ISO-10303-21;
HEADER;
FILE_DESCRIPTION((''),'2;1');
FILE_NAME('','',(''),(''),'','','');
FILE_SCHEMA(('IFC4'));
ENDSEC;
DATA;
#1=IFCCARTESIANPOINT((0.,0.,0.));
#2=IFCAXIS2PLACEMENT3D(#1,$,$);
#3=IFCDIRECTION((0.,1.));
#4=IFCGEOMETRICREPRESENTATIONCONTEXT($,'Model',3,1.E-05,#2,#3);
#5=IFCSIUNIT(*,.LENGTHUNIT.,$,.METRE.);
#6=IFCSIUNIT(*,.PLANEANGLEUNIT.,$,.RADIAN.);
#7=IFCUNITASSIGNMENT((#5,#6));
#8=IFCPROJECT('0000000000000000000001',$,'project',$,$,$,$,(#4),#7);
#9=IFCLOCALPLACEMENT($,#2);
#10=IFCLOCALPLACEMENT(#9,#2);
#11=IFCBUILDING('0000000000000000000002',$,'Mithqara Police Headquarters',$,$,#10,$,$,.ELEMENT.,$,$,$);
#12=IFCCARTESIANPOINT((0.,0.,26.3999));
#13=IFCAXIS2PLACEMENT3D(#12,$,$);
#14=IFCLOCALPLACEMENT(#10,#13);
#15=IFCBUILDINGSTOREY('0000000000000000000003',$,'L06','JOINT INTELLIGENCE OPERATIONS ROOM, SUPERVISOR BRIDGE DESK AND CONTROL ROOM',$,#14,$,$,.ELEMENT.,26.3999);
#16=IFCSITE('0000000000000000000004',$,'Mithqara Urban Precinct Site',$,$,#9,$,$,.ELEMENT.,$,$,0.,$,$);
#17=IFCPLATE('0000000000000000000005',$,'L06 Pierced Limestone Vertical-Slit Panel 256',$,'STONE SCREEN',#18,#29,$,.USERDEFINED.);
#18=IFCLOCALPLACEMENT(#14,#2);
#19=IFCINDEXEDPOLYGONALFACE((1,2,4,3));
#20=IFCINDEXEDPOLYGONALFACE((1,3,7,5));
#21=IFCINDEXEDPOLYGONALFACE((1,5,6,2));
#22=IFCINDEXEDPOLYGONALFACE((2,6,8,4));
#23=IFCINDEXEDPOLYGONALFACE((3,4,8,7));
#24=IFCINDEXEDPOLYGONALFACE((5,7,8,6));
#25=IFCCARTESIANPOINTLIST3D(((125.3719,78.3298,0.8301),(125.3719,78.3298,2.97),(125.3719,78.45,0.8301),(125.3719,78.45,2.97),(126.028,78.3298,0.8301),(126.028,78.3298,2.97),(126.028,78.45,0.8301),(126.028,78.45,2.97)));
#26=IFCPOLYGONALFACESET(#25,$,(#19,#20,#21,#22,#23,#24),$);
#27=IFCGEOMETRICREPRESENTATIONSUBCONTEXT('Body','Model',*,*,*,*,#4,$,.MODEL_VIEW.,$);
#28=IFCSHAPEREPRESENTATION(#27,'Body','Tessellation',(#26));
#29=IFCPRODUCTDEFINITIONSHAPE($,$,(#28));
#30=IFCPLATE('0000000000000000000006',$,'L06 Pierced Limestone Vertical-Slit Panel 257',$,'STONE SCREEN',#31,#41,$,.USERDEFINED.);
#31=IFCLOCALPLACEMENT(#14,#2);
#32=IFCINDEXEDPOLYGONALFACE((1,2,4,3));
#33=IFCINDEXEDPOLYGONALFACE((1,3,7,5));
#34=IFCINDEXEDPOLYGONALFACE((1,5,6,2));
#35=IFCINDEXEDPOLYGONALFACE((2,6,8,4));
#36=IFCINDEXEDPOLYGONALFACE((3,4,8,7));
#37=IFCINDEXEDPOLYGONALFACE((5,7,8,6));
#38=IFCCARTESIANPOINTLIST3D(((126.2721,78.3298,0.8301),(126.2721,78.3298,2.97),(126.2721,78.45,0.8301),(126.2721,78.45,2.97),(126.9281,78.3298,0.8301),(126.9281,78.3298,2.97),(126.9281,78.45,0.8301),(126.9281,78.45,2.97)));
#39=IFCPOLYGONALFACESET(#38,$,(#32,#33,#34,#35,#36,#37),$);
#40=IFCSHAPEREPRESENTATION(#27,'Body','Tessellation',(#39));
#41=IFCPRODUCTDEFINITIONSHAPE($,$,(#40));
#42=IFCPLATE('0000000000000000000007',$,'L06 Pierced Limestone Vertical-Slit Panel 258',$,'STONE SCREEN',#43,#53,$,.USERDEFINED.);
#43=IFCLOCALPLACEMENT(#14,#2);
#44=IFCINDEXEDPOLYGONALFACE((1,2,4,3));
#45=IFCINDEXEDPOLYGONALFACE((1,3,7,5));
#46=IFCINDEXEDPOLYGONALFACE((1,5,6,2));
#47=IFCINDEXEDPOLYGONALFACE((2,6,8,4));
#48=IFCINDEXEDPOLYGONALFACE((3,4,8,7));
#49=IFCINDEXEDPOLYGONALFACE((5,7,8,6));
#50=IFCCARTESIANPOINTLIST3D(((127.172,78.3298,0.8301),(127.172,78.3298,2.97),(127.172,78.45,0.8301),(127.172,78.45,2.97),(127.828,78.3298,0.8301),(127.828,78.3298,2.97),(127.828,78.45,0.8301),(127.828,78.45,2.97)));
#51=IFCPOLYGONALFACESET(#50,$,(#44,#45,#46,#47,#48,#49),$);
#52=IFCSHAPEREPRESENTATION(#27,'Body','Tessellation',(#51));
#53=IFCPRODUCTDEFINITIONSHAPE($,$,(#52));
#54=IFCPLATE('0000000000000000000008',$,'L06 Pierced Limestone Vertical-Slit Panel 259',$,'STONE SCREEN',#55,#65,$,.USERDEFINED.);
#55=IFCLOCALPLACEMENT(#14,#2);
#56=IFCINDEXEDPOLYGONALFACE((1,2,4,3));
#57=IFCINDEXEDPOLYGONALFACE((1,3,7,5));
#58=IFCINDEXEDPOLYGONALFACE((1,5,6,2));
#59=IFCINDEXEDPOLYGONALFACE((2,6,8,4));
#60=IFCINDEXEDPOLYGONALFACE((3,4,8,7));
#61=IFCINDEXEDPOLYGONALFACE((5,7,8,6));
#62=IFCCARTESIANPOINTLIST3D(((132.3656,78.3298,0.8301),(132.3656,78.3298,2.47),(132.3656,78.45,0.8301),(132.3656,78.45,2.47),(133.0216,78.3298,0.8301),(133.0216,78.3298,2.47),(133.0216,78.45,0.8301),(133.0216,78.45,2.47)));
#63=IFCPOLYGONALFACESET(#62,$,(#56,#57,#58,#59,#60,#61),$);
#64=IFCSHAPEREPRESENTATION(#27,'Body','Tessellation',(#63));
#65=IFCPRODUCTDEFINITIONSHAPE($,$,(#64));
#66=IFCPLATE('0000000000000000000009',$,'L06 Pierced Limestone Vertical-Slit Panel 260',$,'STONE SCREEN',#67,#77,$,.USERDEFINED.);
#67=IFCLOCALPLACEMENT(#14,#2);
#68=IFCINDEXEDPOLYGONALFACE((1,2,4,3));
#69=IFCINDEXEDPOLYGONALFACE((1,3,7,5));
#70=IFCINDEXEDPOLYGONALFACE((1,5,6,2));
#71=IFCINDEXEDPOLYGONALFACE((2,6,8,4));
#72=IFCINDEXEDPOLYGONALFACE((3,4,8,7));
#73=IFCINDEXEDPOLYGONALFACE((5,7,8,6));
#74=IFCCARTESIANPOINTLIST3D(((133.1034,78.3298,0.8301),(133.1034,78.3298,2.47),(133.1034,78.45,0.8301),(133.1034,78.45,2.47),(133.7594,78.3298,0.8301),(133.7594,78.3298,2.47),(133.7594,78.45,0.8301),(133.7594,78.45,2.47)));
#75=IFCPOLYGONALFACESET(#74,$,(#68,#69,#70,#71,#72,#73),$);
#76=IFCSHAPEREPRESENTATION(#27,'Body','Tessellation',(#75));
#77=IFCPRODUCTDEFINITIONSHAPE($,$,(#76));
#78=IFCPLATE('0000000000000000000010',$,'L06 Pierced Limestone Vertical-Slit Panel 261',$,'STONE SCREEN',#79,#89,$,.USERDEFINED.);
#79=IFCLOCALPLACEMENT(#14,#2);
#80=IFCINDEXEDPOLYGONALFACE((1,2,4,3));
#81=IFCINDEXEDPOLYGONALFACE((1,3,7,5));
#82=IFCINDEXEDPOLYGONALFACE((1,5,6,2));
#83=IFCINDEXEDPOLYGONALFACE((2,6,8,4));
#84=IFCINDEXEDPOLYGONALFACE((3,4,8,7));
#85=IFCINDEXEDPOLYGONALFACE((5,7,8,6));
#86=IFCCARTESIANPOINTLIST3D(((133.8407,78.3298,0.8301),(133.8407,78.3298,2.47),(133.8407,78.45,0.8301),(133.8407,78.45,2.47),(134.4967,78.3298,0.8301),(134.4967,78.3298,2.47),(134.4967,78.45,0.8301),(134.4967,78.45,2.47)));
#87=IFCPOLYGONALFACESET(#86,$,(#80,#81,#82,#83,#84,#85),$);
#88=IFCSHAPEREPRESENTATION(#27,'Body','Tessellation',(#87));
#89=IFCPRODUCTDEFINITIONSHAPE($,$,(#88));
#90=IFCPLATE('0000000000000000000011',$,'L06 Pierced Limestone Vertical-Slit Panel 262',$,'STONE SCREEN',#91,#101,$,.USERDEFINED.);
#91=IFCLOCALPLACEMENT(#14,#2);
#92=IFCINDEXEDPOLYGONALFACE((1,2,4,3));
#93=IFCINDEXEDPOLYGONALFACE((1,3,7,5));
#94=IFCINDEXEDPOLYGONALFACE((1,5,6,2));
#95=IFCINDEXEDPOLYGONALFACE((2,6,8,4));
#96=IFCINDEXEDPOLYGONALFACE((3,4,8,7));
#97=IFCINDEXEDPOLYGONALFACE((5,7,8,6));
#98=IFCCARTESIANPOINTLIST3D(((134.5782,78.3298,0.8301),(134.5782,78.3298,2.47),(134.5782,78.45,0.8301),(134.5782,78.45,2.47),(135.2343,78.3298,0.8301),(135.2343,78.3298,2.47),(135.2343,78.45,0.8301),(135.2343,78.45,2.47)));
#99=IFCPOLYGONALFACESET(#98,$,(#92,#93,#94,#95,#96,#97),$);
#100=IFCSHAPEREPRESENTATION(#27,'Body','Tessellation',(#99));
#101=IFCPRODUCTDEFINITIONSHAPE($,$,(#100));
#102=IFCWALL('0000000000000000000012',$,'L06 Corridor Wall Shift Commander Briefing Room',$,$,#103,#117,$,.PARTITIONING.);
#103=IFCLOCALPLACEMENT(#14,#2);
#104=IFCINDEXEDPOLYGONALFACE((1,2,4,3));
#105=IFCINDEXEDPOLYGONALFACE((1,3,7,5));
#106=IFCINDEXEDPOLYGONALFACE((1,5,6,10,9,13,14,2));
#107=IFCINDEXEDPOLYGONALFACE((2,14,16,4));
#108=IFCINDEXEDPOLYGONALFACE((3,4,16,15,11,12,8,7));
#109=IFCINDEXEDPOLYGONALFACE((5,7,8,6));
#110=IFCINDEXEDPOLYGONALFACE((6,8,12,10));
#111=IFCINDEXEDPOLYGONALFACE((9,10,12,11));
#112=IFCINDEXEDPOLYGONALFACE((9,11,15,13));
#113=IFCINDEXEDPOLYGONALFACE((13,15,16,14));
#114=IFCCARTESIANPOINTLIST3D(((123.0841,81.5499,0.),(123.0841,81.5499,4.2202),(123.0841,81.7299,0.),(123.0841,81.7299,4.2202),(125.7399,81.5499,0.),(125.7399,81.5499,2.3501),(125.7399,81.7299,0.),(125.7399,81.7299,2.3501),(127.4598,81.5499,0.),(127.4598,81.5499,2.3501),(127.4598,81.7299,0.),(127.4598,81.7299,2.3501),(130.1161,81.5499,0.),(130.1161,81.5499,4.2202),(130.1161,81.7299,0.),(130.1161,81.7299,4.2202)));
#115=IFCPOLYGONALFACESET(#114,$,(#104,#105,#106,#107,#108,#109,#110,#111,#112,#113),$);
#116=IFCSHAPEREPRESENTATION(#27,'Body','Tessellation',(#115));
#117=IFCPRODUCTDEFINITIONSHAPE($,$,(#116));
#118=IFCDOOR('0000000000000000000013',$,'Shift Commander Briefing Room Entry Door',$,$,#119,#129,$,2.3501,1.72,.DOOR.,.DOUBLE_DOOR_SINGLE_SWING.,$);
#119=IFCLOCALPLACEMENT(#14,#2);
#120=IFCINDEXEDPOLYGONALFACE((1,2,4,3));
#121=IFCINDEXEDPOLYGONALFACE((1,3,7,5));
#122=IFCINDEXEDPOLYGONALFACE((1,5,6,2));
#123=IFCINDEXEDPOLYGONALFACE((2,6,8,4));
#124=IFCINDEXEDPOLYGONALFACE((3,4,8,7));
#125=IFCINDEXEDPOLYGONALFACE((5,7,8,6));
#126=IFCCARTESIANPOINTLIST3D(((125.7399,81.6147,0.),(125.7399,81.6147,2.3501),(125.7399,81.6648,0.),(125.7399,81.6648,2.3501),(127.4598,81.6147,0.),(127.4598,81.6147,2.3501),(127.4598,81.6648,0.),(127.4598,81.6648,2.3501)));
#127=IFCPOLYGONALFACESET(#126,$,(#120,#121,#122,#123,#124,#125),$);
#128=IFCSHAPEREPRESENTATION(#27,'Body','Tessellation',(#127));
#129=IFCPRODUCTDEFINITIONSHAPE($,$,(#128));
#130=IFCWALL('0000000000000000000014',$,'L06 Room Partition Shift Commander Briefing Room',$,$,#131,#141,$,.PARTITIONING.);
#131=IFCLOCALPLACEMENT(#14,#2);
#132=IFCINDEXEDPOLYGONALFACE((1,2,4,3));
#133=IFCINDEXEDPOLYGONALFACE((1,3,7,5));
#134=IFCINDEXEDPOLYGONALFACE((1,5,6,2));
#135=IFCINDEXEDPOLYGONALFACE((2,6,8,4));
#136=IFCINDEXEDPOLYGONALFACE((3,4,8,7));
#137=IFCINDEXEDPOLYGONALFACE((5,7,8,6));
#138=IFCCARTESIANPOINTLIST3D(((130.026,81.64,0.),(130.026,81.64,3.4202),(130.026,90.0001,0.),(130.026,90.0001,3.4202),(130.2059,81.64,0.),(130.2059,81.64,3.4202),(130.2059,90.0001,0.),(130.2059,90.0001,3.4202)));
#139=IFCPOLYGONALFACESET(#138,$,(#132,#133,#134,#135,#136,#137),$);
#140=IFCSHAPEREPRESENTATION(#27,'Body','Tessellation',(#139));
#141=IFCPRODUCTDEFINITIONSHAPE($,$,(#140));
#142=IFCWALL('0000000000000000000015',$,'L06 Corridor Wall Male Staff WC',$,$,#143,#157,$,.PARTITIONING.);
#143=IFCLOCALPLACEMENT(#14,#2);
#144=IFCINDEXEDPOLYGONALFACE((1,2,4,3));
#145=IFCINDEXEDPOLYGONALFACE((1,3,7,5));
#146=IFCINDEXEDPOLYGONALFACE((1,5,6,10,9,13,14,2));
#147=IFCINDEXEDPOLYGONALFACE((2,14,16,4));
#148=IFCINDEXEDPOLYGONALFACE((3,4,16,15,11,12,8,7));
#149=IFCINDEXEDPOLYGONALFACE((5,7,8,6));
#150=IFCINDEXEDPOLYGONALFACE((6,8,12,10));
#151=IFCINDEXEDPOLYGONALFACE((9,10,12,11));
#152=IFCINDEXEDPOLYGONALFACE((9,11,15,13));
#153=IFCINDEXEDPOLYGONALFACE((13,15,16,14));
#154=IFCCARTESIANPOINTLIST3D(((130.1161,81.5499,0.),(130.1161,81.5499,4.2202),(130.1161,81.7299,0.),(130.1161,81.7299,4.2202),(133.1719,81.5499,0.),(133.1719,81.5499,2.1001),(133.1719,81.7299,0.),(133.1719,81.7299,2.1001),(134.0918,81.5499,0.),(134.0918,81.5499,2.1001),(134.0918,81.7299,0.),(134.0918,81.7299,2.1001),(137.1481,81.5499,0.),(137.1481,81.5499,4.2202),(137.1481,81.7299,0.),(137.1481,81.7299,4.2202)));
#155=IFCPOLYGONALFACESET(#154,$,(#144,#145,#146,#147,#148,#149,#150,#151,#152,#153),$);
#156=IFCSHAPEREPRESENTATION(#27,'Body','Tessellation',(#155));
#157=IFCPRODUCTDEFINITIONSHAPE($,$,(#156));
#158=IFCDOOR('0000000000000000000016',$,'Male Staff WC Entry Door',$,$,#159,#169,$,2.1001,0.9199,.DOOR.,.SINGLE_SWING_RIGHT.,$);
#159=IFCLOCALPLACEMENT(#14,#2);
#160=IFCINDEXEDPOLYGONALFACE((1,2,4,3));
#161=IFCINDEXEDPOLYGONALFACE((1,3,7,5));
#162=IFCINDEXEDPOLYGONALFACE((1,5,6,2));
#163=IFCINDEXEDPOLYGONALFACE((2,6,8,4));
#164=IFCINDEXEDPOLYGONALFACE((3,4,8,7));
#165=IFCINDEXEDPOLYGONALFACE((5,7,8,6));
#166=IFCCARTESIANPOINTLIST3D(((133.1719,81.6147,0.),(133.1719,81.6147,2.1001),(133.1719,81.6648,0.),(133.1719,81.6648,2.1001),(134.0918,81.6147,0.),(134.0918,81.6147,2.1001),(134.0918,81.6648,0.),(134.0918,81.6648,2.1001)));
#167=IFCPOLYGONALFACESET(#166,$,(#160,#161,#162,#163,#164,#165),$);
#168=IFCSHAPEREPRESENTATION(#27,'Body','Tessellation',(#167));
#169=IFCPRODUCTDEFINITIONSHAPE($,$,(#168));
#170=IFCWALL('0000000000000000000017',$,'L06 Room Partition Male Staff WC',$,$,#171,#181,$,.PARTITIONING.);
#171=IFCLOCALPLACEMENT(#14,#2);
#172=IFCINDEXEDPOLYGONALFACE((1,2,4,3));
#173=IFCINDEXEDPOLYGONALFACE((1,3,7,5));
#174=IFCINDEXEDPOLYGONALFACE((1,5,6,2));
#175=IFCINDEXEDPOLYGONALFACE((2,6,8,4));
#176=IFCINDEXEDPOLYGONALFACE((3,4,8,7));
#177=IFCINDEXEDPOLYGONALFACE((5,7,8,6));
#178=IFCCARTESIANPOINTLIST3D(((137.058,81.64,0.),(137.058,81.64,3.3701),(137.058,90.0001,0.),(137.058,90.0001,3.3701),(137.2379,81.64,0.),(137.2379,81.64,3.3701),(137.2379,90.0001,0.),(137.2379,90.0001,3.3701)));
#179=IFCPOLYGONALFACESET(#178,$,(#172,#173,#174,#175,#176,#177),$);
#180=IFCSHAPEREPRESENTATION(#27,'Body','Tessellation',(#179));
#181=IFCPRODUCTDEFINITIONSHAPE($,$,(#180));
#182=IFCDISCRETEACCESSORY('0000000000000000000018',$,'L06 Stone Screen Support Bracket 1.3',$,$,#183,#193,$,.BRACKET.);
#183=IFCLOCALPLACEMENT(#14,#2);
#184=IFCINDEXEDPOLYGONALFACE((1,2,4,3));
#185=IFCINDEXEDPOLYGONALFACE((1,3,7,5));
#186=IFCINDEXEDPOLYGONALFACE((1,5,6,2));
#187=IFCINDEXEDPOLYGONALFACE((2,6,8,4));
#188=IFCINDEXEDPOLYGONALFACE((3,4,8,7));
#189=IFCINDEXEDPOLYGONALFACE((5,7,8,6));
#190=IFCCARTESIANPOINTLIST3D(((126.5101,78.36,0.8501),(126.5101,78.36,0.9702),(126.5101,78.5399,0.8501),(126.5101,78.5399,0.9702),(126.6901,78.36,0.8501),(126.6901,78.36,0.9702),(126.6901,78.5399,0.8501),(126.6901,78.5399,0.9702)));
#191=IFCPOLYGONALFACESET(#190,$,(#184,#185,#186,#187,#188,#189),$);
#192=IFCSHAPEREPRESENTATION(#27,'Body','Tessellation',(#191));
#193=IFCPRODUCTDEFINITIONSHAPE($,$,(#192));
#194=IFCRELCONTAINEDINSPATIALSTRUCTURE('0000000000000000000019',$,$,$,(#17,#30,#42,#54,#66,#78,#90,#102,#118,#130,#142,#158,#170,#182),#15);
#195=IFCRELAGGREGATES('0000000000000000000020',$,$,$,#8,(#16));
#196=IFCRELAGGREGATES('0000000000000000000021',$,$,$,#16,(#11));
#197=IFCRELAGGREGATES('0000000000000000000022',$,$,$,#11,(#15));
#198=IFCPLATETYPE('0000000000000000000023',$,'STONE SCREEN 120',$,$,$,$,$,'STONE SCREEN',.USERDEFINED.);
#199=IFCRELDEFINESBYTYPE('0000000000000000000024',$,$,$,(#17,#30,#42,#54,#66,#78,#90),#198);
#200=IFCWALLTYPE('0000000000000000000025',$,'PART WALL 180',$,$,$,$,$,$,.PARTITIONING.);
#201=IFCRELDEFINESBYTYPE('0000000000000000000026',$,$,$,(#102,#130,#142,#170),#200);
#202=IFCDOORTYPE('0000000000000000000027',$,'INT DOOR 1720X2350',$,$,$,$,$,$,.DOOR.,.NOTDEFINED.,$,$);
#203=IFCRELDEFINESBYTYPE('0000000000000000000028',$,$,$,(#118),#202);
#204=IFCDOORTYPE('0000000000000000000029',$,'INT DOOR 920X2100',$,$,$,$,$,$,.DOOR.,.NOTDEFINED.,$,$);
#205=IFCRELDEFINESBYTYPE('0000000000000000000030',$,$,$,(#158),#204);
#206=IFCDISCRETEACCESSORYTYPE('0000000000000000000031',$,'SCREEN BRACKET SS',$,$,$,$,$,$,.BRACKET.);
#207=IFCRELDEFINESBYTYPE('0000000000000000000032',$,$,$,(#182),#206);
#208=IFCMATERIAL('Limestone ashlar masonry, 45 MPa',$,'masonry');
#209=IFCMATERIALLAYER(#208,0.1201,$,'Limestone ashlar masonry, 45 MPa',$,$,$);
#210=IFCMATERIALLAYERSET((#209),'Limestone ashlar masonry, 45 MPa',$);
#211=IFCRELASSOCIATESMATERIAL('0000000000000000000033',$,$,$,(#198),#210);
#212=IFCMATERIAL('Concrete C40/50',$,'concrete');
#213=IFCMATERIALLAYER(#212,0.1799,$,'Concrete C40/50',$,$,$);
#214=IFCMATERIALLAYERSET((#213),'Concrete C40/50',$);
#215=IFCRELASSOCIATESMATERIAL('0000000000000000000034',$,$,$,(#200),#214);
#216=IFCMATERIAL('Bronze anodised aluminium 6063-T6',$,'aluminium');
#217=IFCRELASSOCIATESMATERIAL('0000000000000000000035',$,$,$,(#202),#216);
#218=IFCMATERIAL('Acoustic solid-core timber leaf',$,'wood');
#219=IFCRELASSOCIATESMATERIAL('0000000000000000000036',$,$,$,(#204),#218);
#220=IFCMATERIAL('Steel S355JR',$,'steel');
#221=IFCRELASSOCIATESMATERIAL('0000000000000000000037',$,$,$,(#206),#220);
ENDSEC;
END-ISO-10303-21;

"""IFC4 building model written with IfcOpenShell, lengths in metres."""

from ifc_helpers import new_model, si_unit, direction, frame, frame_2d, origin, origin_2d, place, context, subcontext, project, spatial, rectangle, extrude, material, layer, layer_set, type_object, element, fill, save


model = new_model("IFC4")

# Units and contexts
model_context = context("Model", 3, precision=1e-05, world=origin(), true_north=direction((0.0, 1.0)))
body_context = subcontext(model_context, "Body", "Model", "MODEL_VIEW")
ifc_project = project(units=[si_unit("LENGTHUNIT", "METRE"), si_unit("PLANEANGLEUNIT", "RADIAN")], contexts=[model_context])

# Site, building, storey
site_placement = place(None, origin())
site = spatial("IfcSite", under=ifc_project, at=site_placement, Name="Mithqara Urban Precinct Site", CompositionType="ELEMENT", RefElevation=0.0)
building_placement = place(site_placement, origin())
building = spatial("IfcBuilding", under=site, at=building_placement, Name="Mithqara Police Headquarters", CompositionType="ELEMENT")
storey_placement = place(building_placement, frame((0.0, 0.0, 26.3999)))
storey = spatial("IfcBuildingStorey", under=building, at=storey_placement, Name="L06", Description="JOINT INTELLIGENCE OPERATIONS ROOM, SUPERVISOR BRIDGE DESK AND CONTROL ROOM", CompositionType="ELEMENT", Elevation=26.3999)

# Shared definitions
ifc_material_1 = material(Name="Steel S355JR", Category="steel")
ifc_material_2 = material(Name="Concrete C40/50", Category="concrete")

# Plates
ifc_material_3 = material(Name="Limestone ashlar masonry, 45 MPa", Category="masonry")
ifc_layer_1 = layer(ifc_material_3, 0.1201, Name="Limestone ashlar masonry, 45 MPa")
ifc_layer_set_1 = layer_set([ifc_layer_1], Name="Limestone ashlar masonry, 45 MPa")
plate_type = type_object("IfcPlateType", Name="STONE SCREEN 120", ElementType="STONE SCREEN", PredefinedType="USERDEFINED", material=ifc_layer_set_1)
for number, where, z_axis, x_axis, name in (
    (1, (125.7, 78.3899, 0.8301), (0.0, 0.0, 1.0), (1.0, 0.0, 0.0), "L06 Pierced Limestone Vertical-Slit Panel 256"),
    (2, (126.6001, 78.3899, 0.8301), (0.0, 0.0, 1.0), (1.0, 0.0, 0.0), "L06 Pierced Limestone Vertical-Slit Panel 257"),
    (3, (127.5, 78.3899, 0.8301), (0.0, 0.0, 1.0), (1.0, 0.0, 0.0), "L06 Pierced Limestone Vertical-Slit Panel 258"),
):
    element("IfcPlate", number, at=place(storey_placement, frame(where, z_axis=z_axis, x_axis=x_axis)), inside=storey, type_object=plate_type, Name=name, ObjectType="STONE SCREEN", PredefinedType="USERDEFINED", context=body_context, shape_type="SweptSolid", body=[
        extrude(rectangle(XDim=0.656, YDim=0.1201, at=origin_2d()), origin(), (0.0, 0.0, 1.0), 2.1399),
    ])
for number, where, z_axis, x_axis, name in (
    (4, (132.6936, 78.3899, 0.8301), (0.0, 0.0, 1.0), (1.0, 0.0, 0.0), "L06 Pierced Limestone Vertical-Slit Panel 259"),
    (5, (133.4314, 78.3899, 0.8301), (0.0, 0.0, 1.0), (1.0, 0.0, 0.0), "L06 Pierced Limestone Vertical-Slit Panel 260"),
    (6, (134.1687, 78.3899, 0.8301), (0.0, 0.0, 1.0), (1.0, 0.0, 0.0), "L06 Pierced Limestone Vertical-Slit Panel 261"),
    (7, (134.9062, 78.3899, 0.8301), (0.0, 0.0, 1.0), (1.0, 0.0, 0.0), "L06 Pierced Limestone Vertical-Slit Panel 262"),
):
    element("IfcPlate", number, at=place(storey_placement, frame(where, z_axis=z_axis, x_axis=x_axis)), inside=storey, type_object=plate_type, Name=name, ObjectType="STONE SCREEN", PredefinedType="USERDEFINED", context=body_context, shape_type="SweptSolid", body=[
        extrude(rectangle(XDim=0.656, YDim=0.1201, at=origin_2d()), origin(), (0.0, 0.0, 1.0), 1.6399),
    ])

# Wall, opening, door
ifc_layer_2 = layer(ifc_material_2, 0.1799, Name="Concrete C40/50")
ifc_layer_set_2 = layer_set([ifc_layer_2], Name="Concrete C40/50")
wall_type = type_object("IfcWallType", Name="PART WALL 180", PredefinedType="PARTITIONING", material=ifc_layer_set_2)
wall_1_placement = place(storey_placement, frame((123.084, 81.6399, 0.0), z_axis=(0.0, 0.0, 1.0), x_axis=(1.0, 0.0, 0.0)))
wall_1 = element("IfcWall", 8, at=wall_1_placement, inside=storey, type_object=wall_type, Name="L06 Corridor Wall Shift Commander Briefing Room", PredefinedType="PARTITIONING", context=body_context, shape_type="SweptSolid", body=[
    extrude(rectangle(XDim=7.032, YDim=0.1799, at=frame_2d((3.5161, 0.0))), origin(), (0.0, 0.0, 1.0), 4.2202),
])
opening_1_placement = place(wall_1_placement, frame((2.656, 0.0, 0.0)))
opening_1 = element("IfcOpeningElement", 9, at=opening_1_placement, cuts=wall_1, PredefinedType="OPENING", context=body_context, shape_type="SweptSolid", body=[
    extrude(rectangle(XDim=1.72, YDim=2.3501, at=frame_2d((0.8599, 1.175))), frame((0.0, 0.1001, 0.0), z_axis=(0.0, -1.0, 0.0), x_axis=(1.0, 0.0, 0.0)), (0.0, 0.0, 1.0), 0.2),
])
ifc_material_4 = material(Name="Bronze anodised aluminium 6063-T6", Category="aluminium")
door_type_1 = type_object("IfcDoorType", Name="INT DOOR 1720X2350", OperationType="NOTDEFINED", PredefinedType="DOOR", material=ifc_material_4)
door_1_placement = place(opening_1_placement, origin())
door_1 = element("IfcDoor", 10, at=door_1_placement, inside=storey, type_object=door_type_1, Name="Shift Commander Briefing Room Entry Door", OperationType="DOUBLE_DOOR_SINGLE_SWING", OverallHeight=2.3501, OverallWidth=1.72, PredefinedType="DOOR", context=body_context, shape_type="SweptSolid", body=[
    extrude(rectangle(XDim=1.72, YDim=2.3501, at=frame_2d((0.8599, 1.175))), frame((0.0, 0.0249, 0.0), z_axis=(0.0, -1.0, 0.0), x_axis=(1.0, 0.0, 0.0)), (0.0, 0.0, 1.0), 0.05),
])
fill(opening_1, door_1)

# Wall
wall_2_placement = place(storey_placement, frame((130.116, 81.6399, 0.0), z_axis=(0.0, 0.0, 1.0), x_axis=(0.0, 1.0, 0.0)))
element("IfcWall", 11, at=wall_2_placement, inside=storey, type_object=wall_type, Name="L06 Room Partition Shift Commander Briefing Room", PredefinedType="PARTITIONING", context=body_context, shape_type="SweptSolid", body=[
    extrude(rectangle(XDim=8.3601, YDim=0.1799, at=frame_2d((4.1802, 0.0))), origin(), (0.0, 0.0, 1.0), 3.4202),
])

# Wall, opening, door
wall_3_placement = place(storey_placement, frame((130.116, 81.6399, 0.0), z_axis=(0.0, 0.0, 1.0), x_axis=(1.0, 0.0, 0.0)))
wall_3 = element("IfcWall", 12, at=wall_3_placement, inside=storey, type_object=wall_type, Name="L06 Corridor Wall Male Staff WC", PredefinedType="PARTITIONING", context=body_context, shape_type="SweptSolid", body=[
    extrude(rectangle(XDim=7.032, YDim=0.1799, at=frame_2d((3.5161, 0.0))), origin(), (0.0, 0.0, 1.0), 4.2202),
])
opening_2_placement = place(wall_3_placement, frame((3.0559, 0.0, 0.0)))
opening_2 = element("IfcOpeningElement", 13, at=opening_2_placement, cuts=wall_3, PredefinedType="OPENING", context=body_context, shape_type="SweptSolid", body=[
    extrude(rectangle(XDim=0.9199, YDim=2.1001, at=frame_2d((0.46, 1.05))), frame((0.0, 0.1001, 0.0), z_axis=(0.0, -1.0, 0.0), x_axis=(1.0, 0.0, 0.0)), (0.0, 0.0, 1.0), 0.2),
])
ifc_material_5 = material(Name="Acoustic solid-core timber leaf", Category="wood")
door_type_2 = type_object("IfcDoorType", Name="INT DOOR 920X2100", OperationType="NOTDEFINED", PredefinedType="DOOR", material=ifc_material_5)
door_2_placement = place(opening_2_placement, origin())
door_2 = element("IfcDoor", 14, at=door_2_placement, inside=storey, type_object=door_type_2, Name="Male Staff WC Entry Door", OperationType="SINGLE_SWING_RIGHT", OverallHeight=2.1001, OverallWidth=0.9199, PredefinedType="DOOR", context=body_context, shape_type="SweptSolid", body=[
    extrude(rectangle(XDim=0.9199, YDim=2.1001, at=frame_2d((0.46, 1.05))), frame((0.0, 0.0249, 0.0), z_axis=(0.0, -1.0, 0.0), x_axis=(1.0, 0.0, 0.0)), (0.0, 0.0, 1.0), 0.05),
])
fill(opening_2, door_2)

# Wall
wall_4_placement = place(storey_placement, frame((137.1479, 81.6399, 0.0), z_axis=(0.0, 0.0, 1.0), x_axis=(0.0, 1.0, 0.0)))
element("IfcWall", 15, at=wall_4_placement, inside=storey, type_object=wall_type, Name="L06 Room Partition Male Staff WC", PredefinedType="PARTITIONING", context=body_context, shape_type="SweptSolid", body=[
    extrude(rectangle(XDim=8.3601, YDim=0.1799, at=frame_2d((4.1802, 0.0))), origin(), (0.0, 0.0, 1.0), 3.3701),
])

# Discrete accessory
discrete_accessory_type = type_object("IfcDiscreteAccessoryType", Name="SCREEN BRACKET SS", PredefinedType="BRACKET", material=ifc_material_1)
for number, where, z_axis, x_axis, name in (
    (16, (126.6001, 78.45, 0.8501), (0.0, 0.0, 1.0), (1.0, 0.0, 0.0), "L06 Stone Screen Support Bracket 1.3"),
):
    element("IfcDiscreteAccessory", number, at=place(storey_placement, frame(where, z_axis=z_axis, x_axis=x_axis)), inside=storey, type_object=discrete_accessory_type, Name=name, PredefinedType="BRACKET", context=body_context, shape_type="SweptSolid", body=[
        extrude(rectangle(XDim=0.1799, YDim=0.1799, at=origin_2d()), origin(), (0.0, 0.0, 1.0), 0.1201),
    ])

save(model, "model.ifc")
